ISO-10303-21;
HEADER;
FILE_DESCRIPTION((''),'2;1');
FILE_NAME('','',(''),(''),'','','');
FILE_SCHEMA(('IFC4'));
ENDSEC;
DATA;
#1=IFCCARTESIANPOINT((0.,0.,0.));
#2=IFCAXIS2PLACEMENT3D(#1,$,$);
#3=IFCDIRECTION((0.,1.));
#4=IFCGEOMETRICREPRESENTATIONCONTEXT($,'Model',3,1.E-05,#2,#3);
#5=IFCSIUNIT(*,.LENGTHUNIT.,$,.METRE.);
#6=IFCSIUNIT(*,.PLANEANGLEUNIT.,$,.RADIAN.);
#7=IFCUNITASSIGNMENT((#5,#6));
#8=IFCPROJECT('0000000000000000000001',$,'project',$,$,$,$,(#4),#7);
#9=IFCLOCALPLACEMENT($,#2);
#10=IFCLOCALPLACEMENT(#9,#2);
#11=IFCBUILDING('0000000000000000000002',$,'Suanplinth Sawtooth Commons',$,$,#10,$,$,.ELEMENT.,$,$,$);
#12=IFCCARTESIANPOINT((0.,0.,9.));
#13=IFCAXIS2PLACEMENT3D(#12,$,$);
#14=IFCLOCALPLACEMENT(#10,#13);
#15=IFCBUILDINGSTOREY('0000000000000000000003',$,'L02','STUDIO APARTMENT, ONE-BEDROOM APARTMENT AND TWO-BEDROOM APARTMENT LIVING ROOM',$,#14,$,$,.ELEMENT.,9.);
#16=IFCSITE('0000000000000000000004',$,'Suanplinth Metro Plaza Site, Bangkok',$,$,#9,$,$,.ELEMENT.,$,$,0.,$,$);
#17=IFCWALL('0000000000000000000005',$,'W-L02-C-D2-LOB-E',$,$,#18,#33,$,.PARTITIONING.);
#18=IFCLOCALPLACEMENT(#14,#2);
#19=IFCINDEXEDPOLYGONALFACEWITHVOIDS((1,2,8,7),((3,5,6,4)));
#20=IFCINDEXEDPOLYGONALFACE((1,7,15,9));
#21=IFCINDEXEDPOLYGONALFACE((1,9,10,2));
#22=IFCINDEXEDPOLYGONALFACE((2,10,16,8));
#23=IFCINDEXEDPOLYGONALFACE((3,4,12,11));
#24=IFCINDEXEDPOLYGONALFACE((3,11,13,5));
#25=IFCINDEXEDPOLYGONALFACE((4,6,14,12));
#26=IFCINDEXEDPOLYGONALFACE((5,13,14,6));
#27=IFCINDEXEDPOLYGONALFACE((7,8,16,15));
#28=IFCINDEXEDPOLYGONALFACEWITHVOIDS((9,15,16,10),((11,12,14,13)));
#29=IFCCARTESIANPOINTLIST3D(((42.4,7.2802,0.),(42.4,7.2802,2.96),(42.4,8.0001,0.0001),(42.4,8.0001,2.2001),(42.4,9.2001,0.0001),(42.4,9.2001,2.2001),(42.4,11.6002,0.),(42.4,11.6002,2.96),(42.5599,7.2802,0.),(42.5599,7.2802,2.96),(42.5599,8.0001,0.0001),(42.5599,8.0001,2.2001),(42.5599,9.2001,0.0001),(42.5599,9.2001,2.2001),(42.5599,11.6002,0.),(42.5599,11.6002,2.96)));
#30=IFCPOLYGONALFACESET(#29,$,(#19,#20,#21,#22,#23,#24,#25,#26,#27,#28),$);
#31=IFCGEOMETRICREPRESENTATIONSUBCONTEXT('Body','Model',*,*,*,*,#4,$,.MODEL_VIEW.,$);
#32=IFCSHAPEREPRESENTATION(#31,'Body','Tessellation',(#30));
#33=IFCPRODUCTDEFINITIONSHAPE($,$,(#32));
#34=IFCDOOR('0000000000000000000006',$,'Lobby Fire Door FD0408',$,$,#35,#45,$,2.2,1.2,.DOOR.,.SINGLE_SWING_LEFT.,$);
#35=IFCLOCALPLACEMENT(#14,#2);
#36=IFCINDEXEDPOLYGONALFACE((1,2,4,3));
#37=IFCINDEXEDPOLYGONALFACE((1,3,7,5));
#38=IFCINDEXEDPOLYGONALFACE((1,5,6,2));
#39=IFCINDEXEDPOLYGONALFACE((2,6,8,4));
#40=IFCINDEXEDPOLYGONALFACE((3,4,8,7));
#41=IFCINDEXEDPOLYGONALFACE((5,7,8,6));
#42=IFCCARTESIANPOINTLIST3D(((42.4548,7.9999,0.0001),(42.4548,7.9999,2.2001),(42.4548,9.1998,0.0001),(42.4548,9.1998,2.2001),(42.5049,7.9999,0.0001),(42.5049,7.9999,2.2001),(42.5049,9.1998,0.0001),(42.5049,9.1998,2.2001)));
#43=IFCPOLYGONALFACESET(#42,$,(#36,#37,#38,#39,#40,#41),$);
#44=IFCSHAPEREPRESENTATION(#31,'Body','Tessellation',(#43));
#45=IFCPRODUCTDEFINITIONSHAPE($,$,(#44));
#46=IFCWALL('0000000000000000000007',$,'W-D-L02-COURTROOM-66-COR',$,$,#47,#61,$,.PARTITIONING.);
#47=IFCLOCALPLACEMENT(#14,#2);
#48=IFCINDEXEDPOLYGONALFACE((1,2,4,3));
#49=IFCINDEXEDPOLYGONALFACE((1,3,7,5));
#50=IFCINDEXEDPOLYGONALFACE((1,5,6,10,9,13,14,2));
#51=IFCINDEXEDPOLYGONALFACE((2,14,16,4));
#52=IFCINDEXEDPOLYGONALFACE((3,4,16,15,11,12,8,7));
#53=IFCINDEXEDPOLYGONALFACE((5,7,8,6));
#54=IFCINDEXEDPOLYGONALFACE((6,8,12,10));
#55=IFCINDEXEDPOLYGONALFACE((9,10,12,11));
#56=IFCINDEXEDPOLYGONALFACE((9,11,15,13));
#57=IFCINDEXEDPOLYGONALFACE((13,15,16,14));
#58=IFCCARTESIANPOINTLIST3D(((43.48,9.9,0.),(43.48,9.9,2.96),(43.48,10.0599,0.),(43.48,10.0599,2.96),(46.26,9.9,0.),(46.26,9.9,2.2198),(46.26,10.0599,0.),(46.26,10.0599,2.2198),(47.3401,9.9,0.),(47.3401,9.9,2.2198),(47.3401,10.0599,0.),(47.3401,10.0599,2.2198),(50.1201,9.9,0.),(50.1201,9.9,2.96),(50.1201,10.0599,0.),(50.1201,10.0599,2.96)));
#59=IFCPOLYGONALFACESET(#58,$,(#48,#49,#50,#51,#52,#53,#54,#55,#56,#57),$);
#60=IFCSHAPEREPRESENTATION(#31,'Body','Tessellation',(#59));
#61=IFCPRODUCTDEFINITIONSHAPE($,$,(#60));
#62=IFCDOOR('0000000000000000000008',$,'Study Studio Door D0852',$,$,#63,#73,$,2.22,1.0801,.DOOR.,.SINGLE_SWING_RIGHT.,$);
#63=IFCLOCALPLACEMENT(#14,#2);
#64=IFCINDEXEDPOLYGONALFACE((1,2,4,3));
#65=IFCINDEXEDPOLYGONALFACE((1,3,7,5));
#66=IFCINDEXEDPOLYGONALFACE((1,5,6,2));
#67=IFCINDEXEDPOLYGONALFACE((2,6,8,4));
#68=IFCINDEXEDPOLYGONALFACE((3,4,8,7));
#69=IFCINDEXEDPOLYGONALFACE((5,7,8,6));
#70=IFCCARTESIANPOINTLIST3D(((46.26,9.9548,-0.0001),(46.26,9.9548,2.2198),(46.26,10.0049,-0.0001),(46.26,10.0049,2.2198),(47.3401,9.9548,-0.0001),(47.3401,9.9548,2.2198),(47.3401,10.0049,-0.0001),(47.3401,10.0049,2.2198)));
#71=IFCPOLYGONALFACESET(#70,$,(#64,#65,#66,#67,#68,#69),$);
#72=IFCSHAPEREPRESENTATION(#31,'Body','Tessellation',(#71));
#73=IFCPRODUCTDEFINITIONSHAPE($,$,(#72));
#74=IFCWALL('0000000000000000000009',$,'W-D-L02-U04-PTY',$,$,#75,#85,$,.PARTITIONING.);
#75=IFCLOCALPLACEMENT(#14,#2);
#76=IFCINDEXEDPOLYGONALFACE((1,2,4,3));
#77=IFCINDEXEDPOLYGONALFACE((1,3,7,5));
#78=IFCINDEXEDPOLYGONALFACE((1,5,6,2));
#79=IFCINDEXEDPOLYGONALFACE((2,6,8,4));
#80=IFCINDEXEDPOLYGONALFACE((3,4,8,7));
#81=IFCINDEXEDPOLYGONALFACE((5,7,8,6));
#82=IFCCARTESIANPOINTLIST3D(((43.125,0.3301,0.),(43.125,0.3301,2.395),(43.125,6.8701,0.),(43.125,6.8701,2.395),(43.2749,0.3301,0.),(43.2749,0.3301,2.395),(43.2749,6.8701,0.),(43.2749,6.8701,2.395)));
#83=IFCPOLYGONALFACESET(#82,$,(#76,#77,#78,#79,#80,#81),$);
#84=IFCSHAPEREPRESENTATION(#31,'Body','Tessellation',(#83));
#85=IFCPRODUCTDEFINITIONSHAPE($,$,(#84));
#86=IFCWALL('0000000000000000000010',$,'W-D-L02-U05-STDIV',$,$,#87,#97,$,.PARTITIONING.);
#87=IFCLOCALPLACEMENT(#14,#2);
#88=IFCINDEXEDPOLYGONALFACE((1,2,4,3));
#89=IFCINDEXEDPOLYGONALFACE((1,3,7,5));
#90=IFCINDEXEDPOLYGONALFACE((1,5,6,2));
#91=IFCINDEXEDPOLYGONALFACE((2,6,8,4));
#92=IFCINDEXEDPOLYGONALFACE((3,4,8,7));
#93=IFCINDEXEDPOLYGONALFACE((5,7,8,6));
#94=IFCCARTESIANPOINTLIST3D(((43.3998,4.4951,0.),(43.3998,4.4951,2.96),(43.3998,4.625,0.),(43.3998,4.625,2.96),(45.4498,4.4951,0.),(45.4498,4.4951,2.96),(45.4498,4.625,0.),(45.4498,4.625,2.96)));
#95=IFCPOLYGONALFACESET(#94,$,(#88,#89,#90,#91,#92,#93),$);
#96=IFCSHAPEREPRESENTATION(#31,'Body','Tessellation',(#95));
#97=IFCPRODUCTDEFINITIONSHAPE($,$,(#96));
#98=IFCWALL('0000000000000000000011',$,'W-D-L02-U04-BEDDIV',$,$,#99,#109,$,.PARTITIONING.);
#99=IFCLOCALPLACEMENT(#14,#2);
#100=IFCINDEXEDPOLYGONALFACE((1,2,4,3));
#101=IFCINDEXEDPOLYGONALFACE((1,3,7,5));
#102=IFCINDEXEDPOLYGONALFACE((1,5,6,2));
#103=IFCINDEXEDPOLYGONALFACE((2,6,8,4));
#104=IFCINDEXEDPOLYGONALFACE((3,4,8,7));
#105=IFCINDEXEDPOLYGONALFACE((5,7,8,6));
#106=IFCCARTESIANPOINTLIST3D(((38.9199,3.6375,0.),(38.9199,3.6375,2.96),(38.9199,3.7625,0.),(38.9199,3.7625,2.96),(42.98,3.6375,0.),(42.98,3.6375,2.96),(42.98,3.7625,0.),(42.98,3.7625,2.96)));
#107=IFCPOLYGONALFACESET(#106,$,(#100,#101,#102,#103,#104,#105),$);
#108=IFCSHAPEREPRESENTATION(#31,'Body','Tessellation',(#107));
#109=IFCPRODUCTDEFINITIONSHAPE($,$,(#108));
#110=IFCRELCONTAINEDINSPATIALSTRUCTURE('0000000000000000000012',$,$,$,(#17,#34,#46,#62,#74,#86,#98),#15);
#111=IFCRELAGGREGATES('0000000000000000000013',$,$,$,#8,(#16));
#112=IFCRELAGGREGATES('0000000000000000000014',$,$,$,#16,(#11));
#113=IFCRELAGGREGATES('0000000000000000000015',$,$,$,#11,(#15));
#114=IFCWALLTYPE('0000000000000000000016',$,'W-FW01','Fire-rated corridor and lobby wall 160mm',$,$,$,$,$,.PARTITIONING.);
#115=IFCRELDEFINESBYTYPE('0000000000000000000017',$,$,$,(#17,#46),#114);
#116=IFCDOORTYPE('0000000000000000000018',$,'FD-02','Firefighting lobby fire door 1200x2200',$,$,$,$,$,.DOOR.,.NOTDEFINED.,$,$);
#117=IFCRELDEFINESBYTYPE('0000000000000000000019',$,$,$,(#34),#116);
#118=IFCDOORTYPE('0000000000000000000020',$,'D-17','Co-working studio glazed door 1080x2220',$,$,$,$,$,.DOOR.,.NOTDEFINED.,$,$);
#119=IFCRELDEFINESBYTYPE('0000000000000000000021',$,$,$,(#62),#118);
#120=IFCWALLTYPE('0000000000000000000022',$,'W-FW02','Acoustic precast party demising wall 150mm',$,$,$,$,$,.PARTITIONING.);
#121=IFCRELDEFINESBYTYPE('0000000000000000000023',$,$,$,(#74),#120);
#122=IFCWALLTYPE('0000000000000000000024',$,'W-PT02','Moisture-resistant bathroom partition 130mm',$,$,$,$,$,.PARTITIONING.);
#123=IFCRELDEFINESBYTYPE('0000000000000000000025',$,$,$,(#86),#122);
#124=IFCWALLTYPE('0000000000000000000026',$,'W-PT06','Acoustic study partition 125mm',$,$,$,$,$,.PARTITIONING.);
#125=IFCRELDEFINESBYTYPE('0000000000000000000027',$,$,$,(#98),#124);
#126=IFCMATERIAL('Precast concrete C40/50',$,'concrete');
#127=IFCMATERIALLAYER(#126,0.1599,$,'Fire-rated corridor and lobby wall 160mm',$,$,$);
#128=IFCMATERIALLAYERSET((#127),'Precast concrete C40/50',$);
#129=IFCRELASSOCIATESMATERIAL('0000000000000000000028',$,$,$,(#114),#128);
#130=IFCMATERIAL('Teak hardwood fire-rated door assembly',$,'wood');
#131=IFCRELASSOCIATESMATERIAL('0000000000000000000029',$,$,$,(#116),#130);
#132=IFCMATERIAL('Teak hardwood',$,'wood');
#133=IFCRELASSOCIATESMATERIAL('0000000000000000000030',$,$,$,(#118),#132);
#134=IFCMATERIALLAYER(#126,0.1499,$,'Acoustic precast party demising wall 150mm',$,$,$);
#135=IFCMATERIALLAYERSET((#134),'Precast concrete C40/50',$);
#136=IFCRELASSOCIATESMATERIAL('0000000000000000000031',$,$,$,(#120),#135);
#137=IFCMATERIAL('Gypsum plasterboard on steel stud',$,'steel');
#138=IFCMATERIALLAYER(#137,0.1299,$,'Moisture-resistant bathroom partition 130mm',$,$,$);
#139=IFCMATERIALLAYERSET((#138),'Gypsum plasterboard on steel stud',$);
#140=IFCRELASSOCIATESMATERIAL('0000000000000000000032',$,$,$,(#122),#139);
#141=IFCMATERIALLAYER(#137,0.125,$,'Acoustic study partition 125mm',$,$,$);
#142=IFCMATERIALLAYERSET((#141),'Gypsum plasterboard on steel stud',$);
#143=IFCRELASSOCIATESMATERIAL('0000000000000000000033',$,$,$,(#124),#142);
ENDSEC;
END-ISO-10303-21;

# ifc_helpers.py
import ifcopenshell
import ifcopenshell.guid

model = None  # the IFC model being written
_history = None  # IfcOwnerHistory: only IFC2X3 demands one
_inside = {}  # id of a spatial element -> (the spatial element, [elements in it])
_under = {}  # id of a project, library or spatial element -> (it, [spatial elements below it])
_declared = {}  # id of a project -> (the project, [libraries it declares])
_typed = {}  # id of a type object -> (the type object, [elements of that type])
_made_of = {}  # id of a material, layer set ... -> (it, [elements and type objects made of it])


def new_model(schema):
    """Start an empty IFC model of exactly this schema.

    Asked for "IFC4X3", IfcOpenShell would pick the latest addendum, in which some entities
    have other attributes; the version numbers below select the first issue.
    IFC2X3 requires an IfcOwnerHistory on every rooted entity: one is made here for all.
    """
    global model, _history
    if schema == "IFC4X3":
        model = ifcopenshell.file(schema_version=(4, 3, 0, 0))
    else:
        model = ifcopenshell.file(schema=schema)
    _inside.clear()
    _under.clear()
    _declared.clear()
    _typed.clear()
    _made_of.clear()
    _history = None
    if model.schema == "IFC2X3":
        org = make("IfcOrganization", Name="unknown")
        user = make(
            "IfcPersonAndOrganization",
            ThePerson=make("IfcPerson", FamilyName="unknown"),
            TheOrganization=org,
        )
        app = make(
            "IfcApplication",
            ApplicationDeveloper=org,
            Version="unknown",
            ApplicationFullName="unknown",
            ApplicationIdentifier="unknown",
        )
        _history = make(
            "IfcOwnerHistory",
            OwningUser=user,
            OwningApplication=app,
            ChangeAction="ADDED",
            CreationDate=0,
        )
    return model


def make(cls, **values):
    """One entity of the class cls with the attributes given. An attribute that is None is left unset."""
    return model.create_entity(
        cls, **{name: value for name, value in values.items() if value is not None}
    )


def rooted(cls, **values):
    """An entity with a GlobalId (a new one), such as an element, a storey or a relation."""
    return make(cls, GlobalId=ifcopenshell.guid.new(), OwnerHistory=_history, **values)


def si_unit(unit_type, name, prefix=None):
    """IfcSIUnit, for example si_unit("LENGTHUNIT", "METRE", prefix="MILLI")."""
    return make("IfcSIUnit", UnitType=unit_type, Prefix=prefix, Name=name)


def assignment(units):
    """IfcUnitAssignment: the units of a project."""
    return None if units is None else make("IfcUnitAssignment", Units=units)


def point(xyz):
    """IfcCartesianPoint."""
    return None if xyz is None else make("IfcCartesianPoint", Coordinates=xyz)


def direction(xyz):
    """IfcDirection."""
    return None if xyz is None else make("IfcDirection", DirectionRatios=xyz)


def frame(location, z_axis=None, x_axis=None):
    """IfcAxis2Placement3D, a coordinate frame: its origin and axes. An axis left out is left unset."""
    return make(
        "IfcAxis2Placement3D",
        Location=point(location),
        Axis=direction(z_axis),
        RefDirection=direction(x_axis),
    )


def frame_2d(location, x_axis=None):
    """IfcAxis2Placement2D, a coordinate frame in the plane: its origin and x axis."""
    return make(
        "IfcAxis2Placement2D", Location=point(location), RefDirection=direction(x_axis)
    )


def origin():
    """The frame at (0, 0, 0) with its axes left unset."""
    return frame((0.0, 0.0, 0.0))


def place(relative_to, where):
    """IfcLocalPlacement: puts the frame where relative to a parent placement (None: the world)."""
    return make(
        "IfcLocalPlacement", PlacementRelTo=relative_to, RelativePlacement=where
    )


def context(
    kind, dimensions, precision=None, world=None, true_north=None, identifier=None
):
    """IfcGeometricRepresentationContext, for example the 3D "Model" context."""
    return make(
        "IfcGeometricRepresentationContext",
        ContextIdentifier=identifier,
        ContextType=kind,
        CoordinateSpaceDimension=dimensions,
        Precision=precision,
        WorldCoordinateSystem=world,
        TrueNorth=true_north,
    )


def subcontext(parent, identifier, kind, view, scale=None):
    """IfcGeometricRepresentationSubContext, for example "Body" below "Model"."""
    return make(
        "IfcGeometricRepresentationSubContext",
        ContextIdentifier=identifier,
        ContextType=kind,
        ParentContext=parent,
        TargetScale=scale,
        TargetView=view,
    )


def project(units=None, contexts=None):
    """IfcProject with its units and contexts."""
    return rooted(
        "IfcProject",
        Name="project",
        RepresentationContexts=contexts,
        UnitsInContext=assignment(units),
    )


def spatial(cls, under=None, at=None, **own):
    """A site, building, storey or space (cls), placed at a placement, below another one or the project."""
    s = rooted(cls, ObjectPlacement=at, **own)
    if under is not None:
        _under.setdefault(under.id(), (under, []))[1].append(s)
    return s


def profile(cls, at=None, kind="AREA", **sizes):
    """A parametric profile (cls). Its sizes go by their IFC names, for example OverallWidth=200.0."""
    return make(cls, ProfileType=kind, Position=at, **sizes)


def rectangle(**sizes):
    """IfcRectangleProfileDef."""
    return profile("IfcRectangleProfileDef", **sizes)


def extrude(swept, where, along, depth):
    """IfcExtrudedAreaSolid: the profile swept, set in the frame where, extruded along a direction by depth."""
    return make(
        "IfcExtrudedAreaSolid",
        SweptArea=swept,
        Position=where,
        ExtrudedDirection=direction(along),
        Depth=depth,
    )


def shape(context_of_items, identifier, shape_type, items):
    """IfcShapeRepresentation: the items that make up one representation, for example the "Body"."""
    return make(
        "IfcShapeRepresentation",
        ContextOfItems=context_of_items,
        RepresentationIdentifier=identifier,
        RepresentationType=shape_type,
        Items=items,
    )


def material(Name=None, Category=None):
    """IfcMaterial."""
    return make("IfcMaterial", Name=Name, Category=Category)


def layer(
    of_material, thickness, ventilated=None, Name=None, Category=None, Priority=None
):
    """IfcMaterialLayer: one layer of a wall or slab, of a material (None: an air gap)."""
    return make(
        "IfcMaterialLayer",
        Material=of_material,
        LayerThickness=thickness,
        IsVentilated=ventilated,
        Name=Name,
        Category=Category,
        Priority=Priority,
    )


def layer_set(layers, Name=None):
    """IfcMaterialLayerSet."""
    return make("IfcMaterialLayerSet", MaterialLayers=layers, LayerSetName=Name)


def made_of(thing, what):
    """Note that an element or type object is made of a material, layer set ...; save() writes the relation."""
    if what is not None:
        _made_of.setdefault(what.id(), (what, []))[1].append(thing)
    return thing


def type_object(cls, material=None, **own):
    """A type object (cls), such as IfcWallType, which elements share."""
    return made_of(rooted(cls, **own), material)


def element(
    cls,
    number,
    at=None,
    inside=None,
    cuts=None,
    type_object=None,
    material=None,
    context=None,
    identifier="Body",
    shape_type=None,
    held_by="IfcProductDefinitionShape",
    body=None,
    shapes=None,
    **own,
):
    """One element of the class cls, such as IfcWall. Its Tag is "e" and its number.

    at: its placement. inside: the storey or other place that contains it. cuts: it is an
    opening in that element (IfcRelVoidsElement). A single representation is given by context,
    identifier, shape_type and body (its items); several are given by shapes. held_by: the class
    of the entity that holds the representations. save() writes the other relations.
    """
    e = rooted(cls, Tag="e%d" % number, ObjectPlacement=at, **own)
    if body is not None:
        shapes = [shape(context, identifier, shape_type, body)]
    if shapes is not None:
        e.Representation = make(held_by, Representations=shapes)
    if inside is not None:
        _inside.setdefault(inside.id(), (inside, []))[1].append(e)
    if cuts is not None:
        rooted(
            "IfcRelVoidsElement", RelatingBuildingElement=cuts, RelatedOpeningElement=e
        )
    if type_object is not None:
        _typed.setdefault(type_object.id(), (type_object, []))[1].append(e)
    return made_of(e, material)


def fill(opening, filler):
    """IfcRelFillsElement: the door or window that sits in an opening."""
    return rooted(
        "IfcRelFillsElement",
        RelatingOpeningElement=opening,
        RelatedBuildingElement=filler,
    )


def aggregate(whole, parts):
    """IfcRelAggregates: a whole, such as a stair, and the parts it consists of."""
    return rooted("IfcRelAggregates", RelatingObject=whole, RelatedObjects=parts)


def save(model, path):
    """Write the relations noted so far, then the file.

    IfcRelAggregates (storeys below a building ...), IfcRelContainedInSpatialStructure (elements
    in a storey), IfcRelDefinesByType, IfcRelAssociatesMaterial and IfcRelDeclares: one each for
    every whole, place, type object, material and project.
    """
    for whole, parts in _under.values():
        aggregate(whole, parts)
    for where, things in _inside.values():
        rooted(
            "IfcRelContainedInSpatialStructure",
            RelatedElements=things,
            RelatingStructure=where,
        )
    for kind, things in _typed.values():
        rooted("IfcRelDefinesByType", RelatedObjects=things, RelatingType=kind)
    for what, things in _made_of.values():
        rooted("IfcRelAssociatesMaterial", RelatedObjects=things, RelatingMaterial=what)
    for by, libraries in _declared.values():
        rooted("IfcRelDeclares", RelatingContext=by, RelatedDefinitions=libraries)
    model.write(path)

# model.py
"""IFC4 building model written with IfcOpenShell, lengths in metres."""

from ifc_helpers import new_model, si_unit, direction, frame, frame_2d, origin, place, context, subcontext, project, spatial, rectangle, extrude, material, layer, layer_set, type_object, element, fill, save


model = new_model("IFC4")

# Units and contexts
model_context = context("Model", 3, precision=1e-05, world=origin(), true_north=direction((0.0, 1.0)))
body_context = subcontext(model_context, "Body", "Model", "MODEL_VIEW")
ifc_project = project(units=[si_unit("LENGTHUNIT", "METRE"), si_unit("PLANEANGLEUNIT", "RADIAN")], contexts=[model_context])

# Site, building, storey
site_placement = place(None, origin())
site = spatial("IfcSite", under=ifc_project, at=site_placement, Name="Suanplinth Metro Plaza Site, Bangkok", CompositionType="ELEMENT", RefElevation=0.0)
building_placement = place(site_placement, origin())
building = spatial("IfcBuilding", under=site, at=building_placement, Name="Suanplinth Sawtooth Commons", CompositionType="ELEMENT")
storey_placement = place(building_placement, frame((0.0, 0.0, 9.0)))
storey = spatial("IfcBuildingStorey", under=building, at=storey_placement, Name="L02", Description="STUDIO APARTMENT, ONE-BEDROOM APARTMENT AND TWO-BEDROOM APARTMENT LIVING ROOM", CompositionType="ELEMENT", Elevation=9.0)

# Shared definitions
ifc_material_1 = material(Name="Precast concrete C40/50", Category="concrete")

# Walls, openings, doors
ifc_layer_1 = layer(ifc_material_1, 0.1599, Name="Fire-rated corridor and lobby wall 160mm")
ifc_layer_set_1 = layer_set([ifc_layer_1], Name="Precast concrete C40/50")
wall_type_1 = type_object("IfcWallType", Name="W-FW01", Description="Fire-rated corridor and lobby wall 160mm", PredefinedType="PARTITIONING", material=ifc_layer_set_1)
wall_1_placement = place(storey_placement, frame((42.48, 7.28, 0.0), z_axis=(0.0, 0.0, 1.0), x_axis=(0.0, 1.0, 0.0)))
wall_1 = element("IfcWall", 1, at=wall_1_placement, inside=storey, type_object=wall_type_1, Name="W-L02-C-D2-LOB-E", PredefinedType="PARTITIONING", context=body_context, shape_type="SweptSolid", body=[
    extrude(rectangle(XDim=4.3201, YDim=0.1599, at=frame_2d((2.1602, 0.0))), origin(), (0.0, 0.0, 1.0), 2.96),
])
opening_1_placement = place(wall_1_placement, frame((0.72, 0.0, 0.0)))
opening_1 = element("IfcOpeningElement", 2, at=opening_1_placement, cuts=wall_1, PredefinedType="OPENING", context=body_context, shape_type="SweptSolid", body=[
    extrude(rectangle(XDim=1.2, YDim=2.2, at=frame_2d((0.6001, 1.1001))), frame((0.0, 0.0947, 0.0), z_axis=(0.0, -1.0, 0.0), x_axis=(1.0, 0.0, 0.0)), (0.0, 0.0, 1.0), 0.1897),
])
ifc_material_2 = material(Name="Teak hardwood fire-rated door assembly", Category="wood")
door_type_1 = type_object("IfcDoorType", Name="FD-02", Description="Firefighting lobby fire door 1200x2200", OperationType="NOTDEFINED", PredefinedType="DOOR", material=ifc_material_2)
door_1_placement = place(opening_1_placement, frame((1.2, 0.0, 0.0), z_axis=(0.0, 0.0, 1.0), x_axis=(-1.0, 0.0, 0.0)))
door_1 = element("IfcDoor", 3, at=door_1_placement, inside=storey, type_object=door_type_1, Name="Lobby Fire Door FD0408", OperationType="SINGLE_SWING_LEFT", OverallHeight=2.2, OverallWidth=1.2, PredefinedType="DOOR", context=body_context, shape_type="SweptSolid", body=[
    extrude(rectangle(XDim=1.2, YDim=2.2, at=frame_2d((0.6001, 1.1001))), frame((0.0, 0.0249, 0.0), z_axis=(0.0, -1.0, 0.0), x_axis=(1.0, 0.0, 0.0)), (0.0, 0.0, 1.0), 0.05),
])
fill(opening_1, door_1)
wall_2_placement = place(storey_placement, frame((43.48, 9.98, 0.0), z_axis=(0.0, 0.0, 1.0), x_axis=(1.0, 0.0, 0.0)))
wall_2 = element("IfcWall", 4, at=wall_2_placement, inside=storey, type_object=wall_type_1, Name="W-D-L02-COURTROOM-66-COR", PredefinedType="PARTITIONING", context=body_context, shape_type="SweptSolid", body=[
    extrude(rectangle(XDim=6.6401, YDim=0.1599, at=frame_2d((3.3201, 0.0))), origin(), (0.0, 0.0, 1.0), 2.96),
])
opening_2_placement = place(wall_2_placement, frame((2.78, 0.0, 0.0)))
opening_2 = element("IfcOpeningElement", 5, at=opening_2_placement, cuts=wall_2, PredefinedType="OPENING", context=body_context, shape_type="SweptSolid", body=[
    extrude(rectangle(XDim=1.0801, YDim=2.22, at=frame_2d((0.54, 1.1099))), frame((0.0, 0.0947, 0.0), z_axis=(0.0, -1.0, 0.0), x_axis=(1.0, 0.0, 0.0)), (0.0, 0.0, 1.0), 0.1897),
])
ifc_material_3 = material(Name="Teak hardwood", Category="wood")
door_type_2 = type_object("IfcDoorType", Name="D-17", Description="Co-working studio glazed door 1080x2220", OperationType="NOTDEFINED", PredefinedType="DOOR", material=ifc_material_3)
door_2_placement = place(opening_2_placement, origin())
door_2 = element("IfcDoor", 6, at=door_2_placement, inside=storey, type_object=door_type_2, Name="Study Studio Door D0852", OperationType="SINGLE_SWING_RIGHT", OverallHeight=2.22, OverallWidth=1.0801, PredefinedType="DOOR", context=body_context, shape_type="SweptSolid", body=[
    extrude(rectangle(XDim=1.0801, YDim=2.22, at=frame_2d((0.54, 1.1099))), frame((0.0, 0.0249, 0.0), z_axis=(0.0, -1.0, 0.0), x_axis=(1.0, 0.0, 0.0)), (0.0, 0.0, 1.0), 0.05),
])
fill(opening_2, door_2)

# Walls
ifc_layer_2 = layer(ifc_material_1, 0.1499, Name="Acoustic precast party demising wall 150mm")
ifc_layer_set_2 = layer_set([ifc_layer_2], Name="Precast concrete C40/50")
wall_type_2 = type_object("IfcWallType", Name="W-FW02", Description="Acoustic precast party demising wall 150mm", PredefinedType="PARTITIONING", material=ifc_layer_set_2)
wall_3_placement = place(storey_placement, frame((43.2, 0.3301, 0.0), z_axis=(0.0, 0.0, 1.0), x_axis=(0.0, 1.0, 0.0)))
element("IfcWall", 7, at=wall_3_placement, inside=storey, type_object=wall_type_2, Name="W-D-L02-U04-PTY", PredefinedType="PARTITIONING", context=body_context, shape_type="SweptSolid", body=[
    extrude(rectangle(XDim=6.54, YDim=0.1499, at=frame_2d((3.27, 0.0))), origin(), (0.0, 0.0, 1.0), 2.395),
])
ifc_material_4 = material(Name="Gypsum plasterboard on steel stud", Category="steel")
ifc_layer_3 = layer(ifc_material_4, 0.1299, Name="Moisture-resistant bathroom partition 130mm")
ifc_layer_set_3 = layer_set([ifc_layer_3], Name="Gypsum plasterboard on steel stud")
wall_type_3 = type_object("IfcWallType", Name="W-PT02", Description="Moisture-resistant bathroom partition 130mm", PredefinedType="PARTITIONING", material=ifc_layer_set_3)
wall_4_placement = place(storey_placement, frame((43.3999, 4.5601, 0.0), z_axis=(0.0, 0.0, 1.0), x_axis=(1.0, 0.0, 0.0)))
element("IfcWall", 8, at=wall_4_placement, inside=storey, type_object=wall_type_3, Name="W-D-L02-U05-STDIV", PredefinedType="PARTITIONING", context=body_context, shape_type="SweptSolid", body=[
    extrude(rectangle(XDim=2.05, YDim=0.1299, at=frame_2d((1.0249, 0.0))), origin(), (0.0, 0.0, 1.0), 2.96),
])

# Wall
ifc_layer_4 = layer(ifc_material_4, 0.125, Name="Acoustic study partition 125mm")
ifc_layer_set_4 = layer_set([ifc_layer_4], Name="Gypsum plasterboard on steel stud")
wall_type_4 = type_object("IfcWallType", Name="W-PT06", Description="Acoustic study partition 125mm", PredefinedType="PARTITIONING", material=ifc_layer_set_4)
wall_5_placement = place(storey_placement, frame((38.9199, 3.7, 0.0), z_axis=(0.0, 0.0, 1.0), x_axis=(1.0, 0.0, 0.0)))
element("IfcWall", 9, at=wall_5_placement, inside=storey, type_object=wall_type_4, Name="W-D-L02-U04-BEDDIV", PredefinedType="PARTITIONING", context=body_context, shape_type="SweptSolid", body=[
    extrude(rectangle(XDim=4.0601, YDim=0.125, at=frame_2d((2.03, 0.0))), origin(), (0.0, 0.0, 1.0), 2.96),
])

save(model, "model.ifc")
